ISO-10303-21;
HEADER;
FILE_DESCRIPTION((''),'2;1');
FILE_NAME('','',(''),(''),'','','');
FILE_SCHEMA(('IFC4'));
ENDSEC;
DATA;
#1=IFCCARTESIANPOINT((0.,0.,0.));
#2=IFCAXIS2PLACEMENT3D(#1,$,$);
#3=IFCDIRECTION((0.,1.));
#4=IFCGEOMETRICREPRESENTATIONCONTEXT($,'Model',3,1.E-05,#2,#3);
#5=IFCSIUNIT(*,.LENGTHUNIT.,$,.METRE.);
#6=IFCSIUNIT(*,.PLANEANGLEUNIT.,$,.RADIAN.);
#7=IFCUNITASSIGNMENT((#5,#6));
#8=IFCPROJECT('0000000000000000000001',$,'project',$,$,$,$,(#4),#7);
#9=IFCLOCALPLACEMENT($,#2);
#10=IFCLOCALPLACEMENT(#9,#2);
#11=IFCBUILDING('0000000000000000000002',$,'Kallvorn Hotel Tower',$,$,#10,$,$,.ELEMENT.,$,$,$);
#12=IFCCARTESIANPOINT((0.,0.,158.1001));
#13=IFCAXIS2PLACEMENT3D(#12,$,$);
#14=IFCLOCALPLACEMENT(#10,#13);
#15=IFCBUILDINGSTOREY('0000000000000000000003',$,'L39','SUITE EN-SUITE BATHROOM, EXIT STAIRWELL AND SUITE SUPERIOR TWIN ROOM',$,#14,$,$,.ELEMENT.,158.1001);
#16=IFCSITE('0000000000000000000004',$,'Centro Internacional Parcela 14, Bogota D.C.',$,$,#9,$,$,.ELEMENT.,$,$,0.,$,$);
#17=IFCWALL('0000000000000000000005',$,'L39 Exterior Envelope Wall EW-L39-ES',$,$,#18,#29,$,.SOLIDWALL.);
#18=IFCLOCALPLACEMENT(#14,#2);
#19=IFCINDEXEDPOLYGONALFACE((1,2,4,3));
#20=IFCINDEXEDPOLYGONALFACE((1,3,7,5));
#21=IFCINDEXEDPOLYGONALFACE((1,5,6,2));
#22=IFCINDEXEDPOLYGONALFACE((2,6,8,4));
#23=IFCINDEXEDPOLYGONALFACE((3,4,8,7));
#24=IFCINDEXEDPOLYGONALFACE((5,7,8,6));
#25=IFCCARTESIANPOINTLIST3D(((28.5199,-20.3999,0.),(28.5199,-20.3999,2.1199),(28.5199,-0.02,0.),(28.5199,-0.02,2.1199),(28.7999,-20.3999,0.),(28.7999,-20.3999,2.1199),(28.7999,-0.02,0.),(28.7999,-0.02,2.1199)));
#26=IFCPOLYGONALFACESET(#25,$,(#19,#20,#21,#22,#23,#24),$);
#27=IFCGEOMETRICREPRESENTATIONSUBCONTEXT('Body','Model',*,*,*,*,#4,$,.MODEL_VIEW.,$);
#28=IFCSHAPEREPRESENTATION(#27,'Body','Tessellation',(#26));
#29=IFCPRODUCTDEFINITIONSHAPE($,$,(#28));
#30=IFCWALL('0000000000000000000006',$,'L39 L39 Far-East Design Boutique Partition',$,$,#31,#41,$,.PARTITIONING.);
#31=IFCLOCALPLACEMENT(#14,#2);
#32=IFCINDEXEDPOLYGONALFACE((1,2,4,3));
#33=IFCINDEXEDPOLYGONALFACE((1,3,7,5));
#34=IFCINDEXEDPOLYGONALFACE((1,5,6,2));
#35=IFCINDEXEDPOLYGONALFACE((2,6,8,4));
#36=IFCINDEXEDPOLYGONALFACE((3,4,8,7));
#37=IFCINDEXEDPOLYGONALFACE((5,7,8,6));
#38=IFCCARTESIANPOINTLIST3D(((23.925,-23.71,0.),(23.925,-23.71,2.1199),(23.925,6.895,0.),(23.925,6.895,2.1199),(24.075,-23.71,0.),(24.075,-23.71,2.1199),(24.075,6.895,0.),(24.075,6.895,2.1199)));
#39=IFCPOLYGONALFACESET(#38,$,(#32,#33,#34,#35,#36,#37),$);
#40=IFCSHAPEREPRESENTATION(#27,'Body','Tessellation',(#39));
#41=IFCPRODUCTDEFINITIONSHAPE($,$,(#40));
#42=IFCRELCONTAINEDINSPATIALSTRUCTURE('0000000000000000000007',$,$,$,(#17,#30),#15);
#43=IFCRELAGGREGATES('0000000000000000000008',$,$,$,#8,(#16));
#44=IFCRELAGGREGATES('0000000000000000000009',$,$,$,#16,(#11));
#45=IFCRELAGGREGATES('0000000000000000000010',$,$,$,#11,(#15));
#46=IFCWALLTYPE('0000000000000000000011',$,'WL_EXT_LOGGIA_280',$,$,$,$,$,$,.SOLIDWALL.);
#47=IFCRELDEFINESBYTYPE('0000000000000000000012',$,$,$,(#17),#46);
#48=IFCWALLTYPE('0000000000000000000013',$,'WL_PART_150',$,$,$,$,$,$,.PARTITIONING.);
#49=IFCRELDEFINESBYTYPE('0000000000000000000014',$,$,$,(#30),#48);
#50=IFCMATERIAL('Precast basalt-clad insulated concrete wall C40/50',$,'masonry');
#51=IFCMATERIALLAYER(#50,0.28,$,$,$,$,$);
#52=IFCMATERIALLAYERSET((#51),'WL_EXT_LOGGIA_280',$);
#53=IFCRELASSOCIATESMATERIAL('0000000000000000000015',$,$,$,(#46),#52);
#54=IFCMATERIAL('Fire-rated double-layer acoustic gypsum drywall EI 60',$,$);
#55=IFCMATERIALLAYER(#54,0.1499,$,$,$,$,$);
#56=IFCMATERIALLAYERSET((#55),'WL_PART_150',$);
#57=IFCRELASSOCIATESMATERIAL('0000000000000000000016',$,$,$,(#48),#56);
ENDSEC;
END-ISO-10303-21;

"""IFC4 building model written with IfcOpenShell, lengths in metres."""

from ifc_helpers import new_model, si_unit, direction, frame, frame_2d, origin, place, context, subcontext, project, spatial, rectangle, extrude, material, layer, layer_set, type_object, element, save


model = new_model("IFC4")

# Units and contexts
model_context = context("Model", 3, precision=1e-05, world=origin(), true_north=direction((0.0, 1.0)))
body_context = subcontext(model_context, "Body", "Model", "MODEL_VIEW")
ifc_project = project(units=[si_unit("LENGTHUNIT", "METRE"), si_unit("PLANEANGLEUNIT", "RADIAN")], contexts=[model_context])

# Site, building, storey
site_placement = place(None, origin())
site = spatial("IfcSite", under=ifc_project, at=site_placement, Name="Centro Internacional Parcela 14, Bogota D.C.", CompositionType="ELEMENT", RefElevation=0.0)
building_placement = place(site_placement, origin())
building = spatial("IfcBuilding", under=site, at=building_placement, Name="Kallvorn Hotel Tower", CompositionType="ELEMENT")
storey_placement = place(building_placement, frame((0.0, 0.0, 158.1001)))
storey = spatial("IfcBuildingStorey", under=building, at=storey_placement, Name="L39", Description="SUITE EN-SUITE BATHROOM, EXIT STAIRWELL AND SUITE SUPERIOR TWIN ROOM", CompositionType="ELEMENT", Elevation=158.1001)

# Walls
ifc_material_1 = material(Name="Precast basalt-clad insulated concrete wall C40/50", Category="masonry")
ifc_layer_1 = layer(ifc_material_1, 0.28)
ifc_layer_set_1 = layer_set([ifc_layer_1], Name="WL_EXT_LOGGIA_280")
wall_type_1 = type_object("IfcWallType", Name="WL_EXT_LOGGIA_280", PredefinedType="SOLIDWALL", material=ifc_layer_set_1)
wall_1_placement = place(storey_placement, frame((28.6599, -20.3999, 0.0), z_axis=(0.0, 0.0, 1.0), x_axis=(0.0, 1.0, 0.0)))
element("IfcWall", 1, at=wall_1_placement, inside=storey, type_object=wall_type_1, Name="L39 Exterior Envelope Wall EW-L39-ES", PredefinedType="SOLIDWALL", context=body_context, shape_type="SweptSolid", body=[
    extrude(rectangle(XDim=20.3799, YDim=0.28, at=frame_2d((10.1899, 0.0))), origin(), (0.0, 0.0, 1.0), 2.1199),
])
ifc_material_2 = material(Name="Fire-rated double-layer acoustic gypsum drywall EI 60")
ifc_layer_2 = layer(ifc_material_2, 0.1499)
ifc_layer_set_2 = layer_set([ifc_layer_2], Name="WL_PART_150")
wall_type_2 = type_object("IfcWallType", Name="WL_PART_150", PredefinedType="PARTITIONING", material=ifc_layer_set_2)
wall_2_placement = place(storey_placement, frame((24.0, -23.71, 0.0), z_axis=(0.0, 0.0, 1.0), x_axis=(0.0, 1.0, 0.0)))
element("IfcWall", 2, at=wall_2_placement, inside=storey, type_object=wall_type_2, Name="L39 L39 Far-East Design Boutique Partition", PredefinedType="PARTITIONING", context=body_context, shape_type="SweptSolid", body=[
    extrude(rectangle(XDim=30.605, YDim=0.1499, at=frame_2d((15.3025, 0.0))), origin(), (0.0, 0.0, 1.0), 2.1199),
])

save(model, "model.ifc")
